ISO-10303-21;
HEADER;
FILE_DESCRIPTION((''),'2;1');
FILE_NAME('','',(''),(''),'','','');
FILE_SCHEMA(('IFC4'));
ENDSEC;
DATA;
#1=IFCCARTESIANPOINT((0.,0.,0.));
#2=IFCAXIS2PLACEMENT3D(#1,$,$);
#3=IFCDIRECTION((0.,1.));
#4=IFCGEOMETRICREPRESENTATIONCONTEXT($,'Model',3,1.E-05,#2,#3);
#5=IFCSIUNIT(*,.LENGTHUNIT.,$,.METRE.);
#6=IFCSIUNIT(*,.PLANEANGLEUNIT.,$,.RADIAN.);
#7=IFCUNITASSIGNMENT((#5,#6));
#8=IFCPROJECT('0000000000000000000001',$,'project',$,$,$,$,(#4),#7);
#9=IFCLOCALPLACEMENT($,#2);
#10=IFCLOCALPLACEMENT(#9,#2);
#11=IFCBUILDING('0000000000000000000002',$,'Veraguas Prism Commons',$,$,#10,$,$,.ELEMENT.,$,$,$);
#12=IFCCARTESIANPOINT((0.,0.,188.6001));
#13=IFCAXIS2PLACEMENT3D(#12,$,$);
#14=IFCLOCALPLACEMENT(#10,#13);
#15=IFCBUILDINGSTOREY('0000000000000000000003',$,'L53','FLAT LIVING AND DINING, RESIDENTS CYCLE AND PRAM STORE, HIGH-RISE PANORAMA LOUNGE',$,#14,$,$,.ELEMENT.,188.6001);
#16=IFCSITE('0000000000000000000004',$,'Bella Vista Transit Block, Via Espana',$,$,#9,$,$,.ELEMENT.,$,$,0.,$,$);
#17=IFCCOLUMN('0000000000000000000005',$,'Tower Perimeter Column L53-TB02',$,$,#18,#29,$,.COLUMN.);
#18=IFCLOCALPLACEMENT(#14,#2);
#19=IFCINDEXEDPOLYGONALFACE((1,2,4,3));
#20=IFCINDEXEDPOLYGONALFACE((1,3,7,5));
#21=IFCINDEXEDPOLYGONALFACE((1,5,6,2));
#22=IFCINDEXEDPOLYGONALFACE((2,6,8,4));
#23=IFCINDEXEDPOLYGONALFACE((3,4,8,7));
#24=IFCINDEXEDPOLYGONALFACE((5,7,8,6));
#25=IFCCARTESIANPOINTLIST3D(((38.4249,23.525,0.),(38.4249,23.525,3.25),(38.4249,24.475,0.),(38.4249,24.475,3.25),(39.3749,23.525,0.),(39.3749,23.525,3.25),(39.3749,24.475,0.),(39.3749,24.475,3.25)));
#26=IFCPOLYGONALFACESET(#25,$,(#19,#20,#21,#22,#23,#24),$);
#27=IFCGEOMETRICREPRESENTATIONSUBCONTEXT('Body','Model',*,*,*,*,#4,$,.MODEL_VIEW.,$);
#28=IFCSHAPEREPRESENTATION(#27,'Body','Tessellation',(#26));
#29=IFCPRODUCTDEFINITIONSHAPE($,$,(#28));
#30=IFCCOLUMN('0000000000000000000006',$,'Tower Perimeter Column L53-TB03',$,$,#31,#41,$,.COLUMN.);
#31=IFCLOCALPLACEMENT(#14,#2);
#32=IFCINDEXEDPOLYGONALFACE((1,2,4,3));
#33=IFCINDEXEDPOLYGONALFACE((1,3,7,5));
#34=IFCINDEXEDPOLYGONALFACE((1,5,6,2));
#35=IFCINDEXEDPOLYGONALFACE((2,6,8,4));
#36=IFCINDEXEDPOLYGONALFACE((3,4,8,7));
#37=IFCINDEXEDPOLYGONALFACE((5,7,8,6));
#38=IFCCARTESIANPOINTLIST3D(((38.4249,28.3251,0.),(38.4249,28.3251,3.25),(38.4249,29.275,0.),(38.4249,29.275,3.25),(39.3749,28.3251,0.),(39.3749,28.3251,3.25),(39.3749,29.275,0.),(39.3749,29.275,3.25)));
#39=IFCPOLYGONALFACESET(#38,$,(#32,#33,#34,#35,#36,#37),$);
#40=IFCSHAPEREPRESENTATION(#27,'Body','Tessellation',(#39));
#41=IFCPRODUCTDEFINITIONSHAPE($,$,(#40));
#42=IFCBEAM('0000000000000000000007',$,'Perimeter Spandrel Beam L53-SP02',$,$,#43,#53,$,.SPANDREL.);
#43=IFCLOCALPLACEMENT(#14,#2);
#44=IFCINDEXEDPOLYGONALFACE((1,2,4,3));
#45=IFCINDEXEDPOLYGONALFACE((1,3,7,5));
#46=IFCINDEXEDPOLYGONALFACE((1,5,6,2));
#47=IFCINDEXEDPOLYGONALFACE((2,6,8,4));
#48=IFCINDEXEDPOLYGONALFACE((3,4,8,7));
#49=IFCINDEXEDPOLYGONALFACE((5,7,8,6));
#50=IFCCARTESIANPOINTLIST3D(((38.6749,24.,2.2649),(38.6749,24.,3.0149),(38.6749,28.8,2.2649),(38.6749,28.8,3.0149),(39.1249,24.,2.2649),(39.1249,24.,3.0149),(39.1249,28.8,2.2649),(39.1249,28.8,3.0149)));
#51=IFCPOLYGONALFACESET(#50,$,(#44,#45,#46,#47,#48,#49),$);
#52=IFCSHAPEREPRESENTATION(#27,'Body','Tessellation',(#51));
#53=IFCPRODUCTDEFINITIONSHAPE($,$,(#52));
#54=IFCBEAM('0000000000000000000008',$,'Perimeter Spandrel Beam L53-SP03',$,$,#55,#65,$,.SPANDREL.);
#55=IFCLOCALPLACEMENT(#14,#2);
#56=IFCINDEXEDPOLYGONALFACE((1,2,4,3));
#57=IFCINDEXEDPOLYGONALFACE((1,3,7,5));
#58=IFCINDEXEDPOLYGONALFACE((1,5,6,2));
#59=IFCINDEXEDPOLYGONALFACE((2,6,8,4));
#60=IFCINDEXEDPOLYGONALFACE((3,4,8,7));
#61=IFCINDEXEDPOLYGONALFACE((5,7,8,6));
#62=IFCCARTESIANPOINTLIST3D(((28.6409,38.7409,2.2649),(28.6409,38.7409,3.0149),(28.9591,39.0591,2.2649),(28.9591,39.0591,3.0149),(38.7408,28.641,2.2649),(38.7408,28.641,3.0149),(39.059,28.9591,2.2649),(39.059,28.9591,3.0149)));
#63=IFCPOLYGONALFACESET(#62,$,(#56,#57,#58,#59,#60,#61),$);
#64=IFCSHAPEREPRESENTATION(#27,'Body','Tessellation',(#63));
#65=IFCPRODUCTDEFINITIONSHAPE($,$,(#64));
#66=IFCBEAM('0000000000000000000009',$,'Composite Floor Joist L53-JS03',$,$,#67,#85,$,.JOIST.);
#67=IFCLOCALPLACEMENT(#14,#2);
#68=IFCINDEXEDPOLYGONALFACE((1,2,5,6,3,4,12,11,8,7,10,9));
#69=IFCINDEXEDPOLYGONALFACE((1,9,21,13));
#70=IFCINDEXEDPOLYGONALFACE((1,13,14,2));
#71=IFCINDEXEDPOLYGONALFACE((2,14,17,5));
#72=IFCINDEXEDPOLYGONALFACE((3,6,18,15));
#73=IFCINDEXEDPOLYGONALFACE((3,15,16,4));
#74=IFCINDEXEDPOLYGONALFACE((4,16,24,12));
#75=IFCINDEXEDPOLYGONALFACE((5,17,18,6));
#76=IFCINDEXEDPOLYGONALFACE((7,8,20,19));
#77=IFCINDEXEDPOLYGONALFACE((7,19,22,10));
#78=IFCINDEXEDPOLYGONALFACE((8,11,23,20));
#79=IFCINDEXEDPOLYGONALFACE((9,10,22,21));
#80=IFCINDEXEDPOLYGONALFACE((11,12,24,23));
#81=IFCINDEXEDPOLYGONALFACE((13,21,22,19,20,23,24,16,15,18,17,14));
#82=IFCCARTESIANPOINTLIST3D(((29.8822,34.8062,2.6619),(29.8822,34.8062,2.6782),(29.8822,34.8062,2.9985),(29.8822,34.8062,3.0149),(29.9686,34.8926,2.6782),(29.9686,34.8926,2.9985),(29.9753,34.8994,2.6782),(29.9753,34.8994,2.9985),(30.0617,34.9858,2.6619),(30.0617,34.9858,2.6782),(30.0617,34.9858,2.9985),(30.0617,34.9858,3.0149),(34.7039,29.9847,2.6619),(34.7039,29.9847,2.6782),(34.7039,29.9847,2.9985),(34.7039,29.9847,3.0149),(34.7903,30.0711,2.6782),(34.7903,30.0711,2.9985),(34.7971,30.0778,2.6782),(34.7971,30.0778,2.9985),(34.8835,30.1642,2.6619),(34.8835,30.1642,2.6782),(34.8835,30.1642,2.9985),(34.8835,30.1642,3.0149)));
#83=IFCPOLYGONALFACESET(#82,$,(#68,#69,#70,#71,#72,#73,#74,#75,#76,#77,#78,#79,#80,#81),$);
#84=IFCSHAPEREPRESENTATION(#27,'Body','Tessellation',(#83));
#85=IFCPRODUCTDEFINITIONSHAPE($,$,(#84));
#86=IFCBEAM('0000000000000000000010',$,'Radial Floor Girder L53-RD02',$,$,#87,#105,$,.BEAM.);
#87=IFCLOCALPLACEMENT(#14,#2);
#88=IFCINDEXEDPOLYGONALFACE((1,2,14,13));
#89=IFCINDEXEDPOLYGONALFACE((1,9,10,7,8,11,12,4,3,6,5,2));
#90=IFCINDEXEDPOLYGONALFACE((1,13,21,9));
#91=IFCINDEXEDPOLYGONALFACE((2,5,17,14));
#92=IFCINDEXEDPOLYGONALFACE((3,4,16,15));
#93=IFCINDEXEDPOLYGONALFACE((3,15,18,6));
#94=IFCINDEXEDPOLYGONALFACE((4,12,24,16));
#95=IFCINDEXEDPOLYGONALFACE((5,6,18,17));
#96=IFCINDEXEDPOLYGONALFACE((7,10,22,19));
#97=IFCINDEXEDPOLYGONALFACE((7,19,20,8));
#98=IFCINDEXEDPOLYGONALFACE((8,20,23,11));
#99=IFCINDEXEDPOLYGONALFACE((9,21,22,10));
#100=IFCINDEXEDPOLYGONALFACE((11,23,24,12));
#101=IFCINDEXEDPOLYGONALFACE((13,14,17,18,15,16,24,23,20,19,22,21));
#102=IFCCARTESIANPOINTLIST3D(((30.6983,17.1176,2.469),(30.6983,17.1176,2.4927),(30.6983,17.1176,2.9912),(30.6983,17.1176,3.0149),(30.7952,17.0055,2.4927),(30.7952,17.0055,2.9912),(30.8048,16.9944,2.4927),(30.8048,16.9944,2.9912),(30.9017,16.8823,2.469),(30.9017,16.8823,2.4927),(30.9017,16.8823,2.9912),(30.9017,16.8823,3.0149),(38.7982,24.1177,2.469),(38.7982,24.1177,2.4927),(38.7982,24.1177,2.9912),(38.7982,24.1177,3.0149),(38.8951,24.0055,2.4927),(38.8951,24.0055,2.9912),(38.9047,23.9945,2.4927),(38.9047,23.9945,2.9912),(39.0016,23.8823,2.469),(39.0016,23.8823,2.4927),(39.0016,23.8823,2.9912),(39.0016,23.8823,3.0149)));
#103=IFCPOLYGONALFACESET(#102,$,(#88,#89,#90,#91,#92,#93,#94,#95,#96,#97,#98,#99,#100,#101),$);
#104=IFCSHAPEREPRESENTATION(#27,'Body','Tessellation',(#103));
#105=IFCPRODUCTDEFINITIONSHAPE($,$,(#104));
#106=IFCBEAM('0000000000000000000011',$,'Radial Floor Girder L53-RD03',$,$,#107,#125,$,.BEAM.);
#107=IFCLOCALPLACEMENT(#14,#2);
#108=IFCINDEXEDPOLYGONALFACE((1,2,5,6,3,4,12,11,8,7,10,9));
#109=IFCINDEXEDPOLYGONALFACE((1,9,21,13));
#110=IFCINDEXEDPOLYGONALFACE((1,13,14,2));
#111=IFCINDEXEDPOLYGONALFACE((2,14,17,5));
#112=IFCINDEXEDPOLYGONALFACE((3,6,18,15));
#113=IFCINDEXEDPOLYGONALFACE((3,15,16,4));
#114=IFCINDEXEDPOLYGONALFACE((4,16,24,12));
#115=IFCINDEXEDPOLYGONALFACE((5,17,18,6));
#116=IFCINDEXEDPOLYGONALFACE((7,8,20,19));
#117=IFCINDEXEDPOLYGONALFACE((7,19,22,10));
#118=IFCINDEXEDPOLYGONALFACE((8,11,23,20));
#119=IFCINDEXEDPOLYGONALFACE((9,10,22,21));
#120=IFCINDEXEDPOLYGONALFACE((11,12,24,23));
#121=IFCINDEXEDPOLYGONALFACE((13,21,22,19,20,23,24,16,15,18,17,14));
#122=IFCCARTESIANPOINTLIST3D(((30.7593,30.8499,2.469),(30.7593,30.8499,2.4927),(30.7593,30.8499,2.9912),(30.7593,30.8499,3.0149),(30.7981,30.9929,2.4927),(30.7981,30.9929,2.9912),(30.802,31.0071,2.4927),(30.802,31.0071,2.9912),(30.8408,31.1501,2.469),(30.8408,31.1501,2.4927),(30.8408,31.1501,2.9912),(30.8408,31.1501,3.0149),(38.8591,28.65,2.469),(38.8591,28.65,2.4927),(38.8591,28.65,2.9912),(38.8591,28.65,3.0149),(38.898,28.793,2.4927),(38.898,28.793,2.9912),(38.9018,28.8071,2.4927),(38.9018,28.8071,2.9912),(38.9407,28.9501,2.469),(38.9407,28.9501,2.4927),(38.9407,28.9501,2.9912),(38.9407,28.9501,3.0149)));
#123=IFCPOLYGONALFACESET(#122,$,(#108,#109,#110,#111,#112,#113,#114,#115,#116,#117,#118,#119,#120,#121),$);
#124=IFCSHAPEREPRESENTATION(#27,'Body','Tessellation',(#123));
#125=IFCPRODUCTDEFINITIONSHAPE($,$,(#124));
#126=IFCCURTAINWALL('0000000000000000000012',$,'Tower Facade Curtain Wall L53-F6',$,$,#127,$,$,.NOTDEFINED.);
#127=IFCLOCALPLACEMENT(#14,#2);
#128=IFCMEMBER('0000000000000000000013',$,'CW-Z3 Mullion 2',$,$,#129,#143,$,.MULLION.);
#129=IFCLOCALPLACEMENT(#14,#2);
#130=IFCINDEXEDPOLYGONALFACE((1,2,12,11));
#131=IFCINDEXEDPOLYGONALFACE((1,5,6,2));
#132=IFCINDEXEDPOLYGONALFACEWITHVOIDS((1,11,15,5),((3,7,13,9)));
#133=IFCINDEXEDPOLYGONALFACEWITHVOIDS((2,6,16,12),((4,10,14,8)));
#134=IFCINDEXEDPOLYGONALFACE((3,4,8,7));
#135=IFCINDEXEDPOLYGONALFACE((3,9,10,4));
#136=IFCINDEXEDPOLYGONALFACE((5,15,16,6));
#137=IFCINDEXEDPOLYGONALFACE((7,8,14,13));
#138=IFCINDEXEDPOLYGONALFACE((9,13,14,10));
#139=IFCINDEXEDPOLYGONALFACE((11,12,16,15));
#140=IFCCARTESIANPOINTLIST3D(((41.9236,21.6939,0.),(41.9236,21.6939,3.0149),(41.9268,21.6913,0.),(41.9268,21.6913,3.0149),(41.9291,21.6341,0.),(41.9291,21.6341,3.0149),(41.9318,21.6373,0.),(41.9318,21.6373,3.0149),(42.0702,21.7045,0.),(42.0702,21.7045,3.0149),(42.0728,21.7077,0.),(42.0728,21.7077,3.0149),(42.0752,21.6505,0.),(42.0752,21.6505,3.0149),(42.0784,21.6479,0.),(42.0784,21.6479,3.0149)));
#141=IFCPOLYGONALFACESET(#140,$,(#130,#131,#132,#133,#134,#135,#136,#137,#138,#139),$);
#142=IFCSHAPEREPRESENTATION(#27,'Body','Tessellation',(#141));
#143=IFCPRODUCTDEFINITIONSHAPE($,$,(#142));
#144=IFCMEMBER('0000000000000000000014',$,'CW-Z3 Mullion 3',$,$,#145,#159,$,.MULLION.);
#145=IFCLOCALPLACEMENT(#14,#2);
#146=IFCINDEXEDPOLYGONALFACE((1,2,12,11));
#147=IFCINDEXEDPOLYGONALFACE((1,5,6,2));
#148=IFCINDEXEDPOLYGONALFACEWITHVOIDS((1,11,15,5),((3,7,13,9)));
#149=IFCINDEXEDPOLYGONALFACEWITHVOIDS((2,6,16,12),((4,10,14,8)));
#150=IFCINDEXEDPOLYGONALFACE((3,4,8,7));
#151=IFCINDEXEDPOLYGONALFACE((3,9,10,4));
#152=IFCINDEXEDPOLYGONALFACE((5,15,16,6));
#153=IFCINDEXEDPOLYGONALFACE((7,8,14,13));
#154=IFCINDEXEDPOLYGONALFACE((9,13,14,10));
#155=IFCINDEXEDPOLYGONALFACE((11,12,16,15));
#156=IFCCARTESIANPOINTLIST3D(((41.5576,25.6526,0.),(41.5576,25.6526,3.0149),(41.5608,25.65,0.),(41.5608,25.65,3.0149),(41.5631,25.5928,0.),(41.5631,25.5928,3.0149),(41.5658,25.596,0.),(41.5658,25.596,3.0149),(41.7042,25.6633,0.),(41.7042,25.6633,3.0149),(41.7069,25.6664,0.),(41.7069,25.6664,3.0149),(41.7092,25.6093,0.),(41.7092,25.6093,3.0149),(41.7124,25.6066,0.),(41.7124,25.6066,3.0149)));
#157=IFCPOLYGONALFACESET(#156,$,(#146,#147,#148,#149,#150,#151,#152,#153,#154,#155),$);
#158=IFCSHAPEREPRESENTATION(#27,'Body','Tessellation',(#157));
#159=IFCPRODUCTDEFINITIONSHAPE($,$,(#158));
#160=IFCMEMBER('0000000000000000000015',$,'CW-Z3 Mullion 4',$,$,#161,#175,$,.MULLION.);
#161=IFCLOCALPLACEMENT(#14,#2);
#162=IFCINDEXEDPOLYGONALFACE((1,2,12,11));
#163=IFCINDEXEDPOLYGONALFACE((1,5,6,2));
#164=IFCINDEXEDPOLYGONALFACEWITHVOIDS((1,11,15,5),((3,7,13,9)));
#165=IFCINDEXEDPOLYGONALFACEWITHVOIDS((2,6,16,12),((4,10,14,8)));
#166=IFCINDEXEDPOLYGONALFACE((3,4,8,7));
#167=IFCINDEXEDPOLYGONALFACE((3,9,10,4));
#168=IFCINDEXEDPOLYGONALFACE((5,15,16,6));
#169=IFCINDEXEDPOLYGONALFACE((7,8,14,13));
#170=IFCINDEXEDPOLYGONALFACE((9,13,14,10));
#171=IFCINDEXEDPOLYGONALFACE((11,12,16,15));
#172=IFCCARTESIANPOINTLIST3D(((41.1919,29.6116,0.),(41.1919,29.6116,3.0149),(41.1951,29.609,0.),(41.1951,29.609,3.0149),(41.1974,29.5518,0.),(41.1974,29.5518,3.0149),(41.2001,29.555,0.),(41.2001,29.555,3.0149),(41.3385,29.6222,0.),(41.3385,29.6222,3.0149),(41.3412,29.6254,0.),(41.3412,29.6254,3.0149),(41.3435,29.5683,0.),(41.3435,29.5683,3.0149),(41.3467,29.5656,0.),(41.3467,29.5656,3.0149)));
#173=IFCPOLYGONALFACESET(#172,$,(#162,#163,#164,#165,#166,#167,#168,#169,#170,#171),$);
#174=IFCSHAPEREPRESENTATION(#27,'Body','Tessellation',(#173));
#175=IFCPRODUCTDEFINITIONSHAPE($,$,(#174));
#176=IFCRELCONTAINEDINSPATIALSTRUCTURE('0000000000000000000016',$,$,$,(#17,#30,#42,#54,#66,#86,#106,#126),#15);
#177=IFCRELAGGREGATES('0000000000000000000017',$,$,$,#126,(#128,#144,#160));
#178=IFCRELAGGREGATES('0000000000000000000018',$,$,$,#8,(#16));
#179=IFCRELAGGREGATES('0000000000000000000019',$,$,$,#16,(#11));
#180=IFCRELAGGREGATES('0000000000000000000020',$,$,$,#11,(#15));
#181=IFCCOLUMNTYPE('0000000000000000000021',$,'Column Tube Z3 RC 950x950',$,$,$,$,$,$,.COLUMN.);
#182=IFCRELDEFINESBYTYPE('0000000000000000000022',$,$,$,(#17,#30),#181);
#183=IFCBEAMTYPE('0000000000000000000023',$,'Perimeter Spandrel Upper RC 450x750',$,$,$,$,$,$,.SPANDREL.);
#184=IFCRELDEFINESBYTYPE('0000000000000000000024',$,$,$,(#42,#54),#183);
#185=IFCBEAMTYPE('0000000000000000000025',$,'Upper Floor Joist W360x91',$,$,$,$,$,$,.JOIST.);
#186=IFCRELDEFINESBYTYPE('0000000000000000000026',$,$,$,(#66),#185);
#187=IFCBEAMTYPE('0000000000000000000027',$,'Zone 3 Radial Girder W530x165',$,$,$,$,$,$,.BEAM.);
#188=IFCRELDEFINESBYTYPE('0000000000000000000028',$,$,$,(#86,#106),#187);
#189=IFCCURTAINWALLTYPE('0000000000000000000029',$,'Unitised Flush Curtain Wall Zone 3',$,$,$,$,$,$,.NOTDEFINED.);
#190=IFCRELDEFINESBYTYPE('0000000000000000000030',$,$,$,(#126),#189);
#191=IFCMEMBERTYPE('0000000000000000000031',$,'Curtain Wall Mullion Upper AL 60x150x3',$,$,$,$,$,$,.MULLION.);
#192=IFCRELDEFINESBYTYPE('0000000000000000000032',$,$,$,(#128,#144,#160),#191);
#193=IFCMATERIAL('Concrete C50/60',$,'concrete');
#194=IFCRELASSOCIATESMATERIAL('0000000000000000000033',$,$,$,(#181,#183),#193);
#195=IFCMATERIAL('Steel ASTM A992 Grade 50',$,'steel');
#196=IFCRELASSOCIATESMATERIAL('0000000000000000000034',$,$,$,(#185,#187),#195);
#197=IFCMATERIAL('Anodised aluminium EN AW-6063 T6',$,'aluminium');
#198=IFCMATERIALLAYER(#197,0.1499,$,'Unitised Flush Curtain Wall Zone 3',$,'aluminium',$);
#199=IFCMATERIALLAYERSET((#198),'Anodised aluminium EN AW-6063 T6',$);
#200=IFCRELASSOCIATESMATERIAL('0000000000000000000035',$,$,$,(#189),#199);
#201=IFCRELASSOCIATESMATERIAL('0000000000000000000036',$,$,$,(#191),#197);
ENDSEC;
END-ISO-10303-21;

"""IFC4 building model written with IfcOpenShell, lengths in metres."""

from ifc_helpers import new_model, si_unit, direction, frame, origin, origin_2d, place, context, subcontext, project, spatial, rectangle, hollow_rectangle, i_section, extrude, source, transform, mapped, material, layer, layer_set, material_profile, profile_set, type_object, element, aggregate, save


model = new_model("IFC4")

# Units and contexts
model_context = context("Model", 3, precision=1e-05, world=origin(), true_north=direction((0.0, 1.0)))
body_context = subcontext(model_context, "Body", "Model", "MODEL_VIEW")
ifc_project = project(units=[si_unit("LENGTHUNIT", "METRE"), si_unit("PLANEANGLEUNIT", "RADIAN")], contexts=[model_context])

# Site, building, storey
site_placement = place(None, origin())
site = spatial("IfcSite", under=ifc_project, at=site_placement, Name="Bella Vista Transit Block, Via Espana", CompositionType="ELEMENT", RefElevation=0.0)
building_placement = place(site_placement, origin())
building = spatial("IfcBuilding", under=site, at=building_placement, Name="Veraguas Prism Commons", CompositionType="ELEMENT")
storey_placement = place(building_placement, frame((0.0, 0.0, 188.6001)))
storey = spatial("IfcBuildingStorey", under=building, at=storey_placement, Name="L53", Description="FLAT LIVING AND DINING, RESIDENTS CYCLE AND PRAM STORE, HIGH-RISE PANORAMA LOUNGE", CompositionType="ELEMENT", Elevation=188.6001)

# Columns
ifc_material_1 = material(Name="Concrete C50/60", Category="concrete")
ifc_material_profile_1 = material_profile(ifc_material_1, rectangle(XDim=0.95, YDim=0.95, at=origin_2d()), Name="RC950X950")
ifc_profile_set_1 = profile_set([ifc_material_profile_1], Name="Concrete C50/60")
column_type = type_object("IfcColumnType", Name="Column Tube Z3 RC 950x950", PredefinedType="COLUMN", material=ifc_profile_set_1)
for number, where, z_axis, x_axis, name in (
    (1, (38.8999, 24.0, 0.0), (0.0, 0.0, 1.0), (1.0, 0.0, 0.0), "Tower Perimeter Column L53-TB02"),
    (2, (38.8999, 28.8, 0.0), (0.0, 0.0, 1.0), (1.0, 0.0, 0.0), "Tower Perimeter Column L53-TB03"),
):
    element("IfcColumn", number, at=place(storey_placement, frame(where, z_axis=z_axis, x_axis=x_axis)), inside=storey, type_object=column_type, Name=name, PredefinedType="COLUMN", context=body_context, shape_type="SweptSolid", body=[
        extrude(rectangle(XDim=0.95, YDim=0.95, at=origin_2d()), origin(), (0.0, 0.0, 1.0), 3.25),
    ])

# Beams
ifc_material_profile_2 = material_profile(ifc_material_1, rectangle(XDim=0.45, YDim=0.75, at=origin_2d()), Name="RC450X750")
ifc_profile_set_2 = profile_set([ifc_material_profile_2], Name="Concrete C50/60")
beam_type_1 = type_object("IfcBeamType", Name="Perimeter Spandrel Upper RC 450x750", PredefinedType="SPANDREL", material=ifc_profile_set_2)
beam_1_placement = place(storey_placement, frame((38.8999, 24.0, 2.6399), z_axis=(0.0, 1.0, 0.0), x_axis=(-1.0, 0.0, 0.0)))
element("IfcBeam", 3, at=beam_1_placement, inside=storey, type_object=beam_type_1, Name="Perimeter Spandrel Beam L53-SP02", PredefinedType="SPANDREL", context=body_context, shape_type="SweptSolid", body=[
    extrude(rectangle(XDim=0.45, YDim=0.75, at=origin_2d()), origin(), (0.0, 0.0, 1.0), 4.8),
])
beam_2_placement = place(storey_placement, frame((38.8999, 28.8, 2.6399), z_axis=(-0.707107, 0.707107, 0.0), x_axis=(-0.707107, -0.707107, 0.0)))
element("IfcBeam", 4, at=beam_2_placement, inside=storey, type_object=beam_type_1, Name="Perimeter Spandrel Beam L53-SP03", PredefinedType="SPANDREL", context=body_context, shape_type="SweptSolid", body=[
    extrude(rectangle(XDim=0.45, YDim=0.75, at=origin_2d()), origin(), (0.0, 0.0, 1.0), 14.2834),
])
ifc_material_2 = material(Name="Steel ASTM A992 Grade 50", Category="steel")
ifc_material_profile_3 = material_profile(ifc_material_2, i_section(OverallWidth=0.2539, OverallDepth=0.353, WebThickness=0.0095, FlangeThickness=0.0164, at=origin_2d()), Name="W360X91")
ifc_profile_set_3 = profile_set([ifc_material_profile_3], Name="Steel ASTM A992 Grade 50")
beam_type_2 = type_object("IfcBeamType", Name="Upper Floor Joist W360x91", PredefinedType="JOIST", material=ifc_profile_set_3)
beam_3_placement = place(storey_placement, frame((34.7937, 30.0745, 2.8384), z_axis=(-0.707125, 0.707089, 0.0), x_axis=(-0.707089, -0.707125, 0.0)))
element("IfcBeam", 5, at=beam_3_placement, inside=storey, type_object=beam_type_2, Name="Composite Floor Joist L53-JS03", PredefinedType="JOIST", context=body_context, shape_type="SweptSolid", body=[
    extrude(i_section(OverallWidth=0.2539, OverallDepth=0.353, WebThickness=0.0095, FlangeThickness=0.0164, at=origin_2d()), origin(), (0.0, 0.0, 1.0), 6.8188),
])
ifc_material_profile_4 = material_profile(ifc_material_2, i_section(OverallWidth=0.311, OverallDepth=0.5459, WebThickness=0.0146, FlangeThickness=0.0237, at=origin_2d()), Name="W530X165")
ifc_profile_set_4 = profile_set([ifc_material_profile_4], Name="Steel ASTM A992 Grade 50")
beam_type_3 = type_object("IfcBeamType", Name="Zone 3 Radial Girder W530x165", PredefinedType="BEAM", material=ifc_profile_set_4)
beam_4_placement = place(storey_placement, frame((38.8999, 24.0, 2.7419), z_axis=(-0.756607, -0.65387, 0.0), x_axis=(0.65387, -0.756607, 0.0)))
element("IfcBeam", 6, at=beam_4_placement, inside=storey, type_object=beam_type_3, Name="Radial Floor Girder L53-RD02", PredefinedType="BEAM", context=body_context, shape_type="SweptSolid", body=[
    extrude(i_section(OverallWidth=0.311, OverallDepth=0.5459, WebThickness=0.0146, FlangeThickness=0.0237, at=origin_2d()), origin(), (0.0, 0.0, 1.0), 10.7056),
])
beam_5_placement = place(storey_placement, frame((38.8999, 28.8, 2.7419), z_axis=(-0.965039, 0.262108, 0.0), x_axis=(-0.262108, -0.965039, 0.0)))
element("IfcBeam", 7, at=beam_5_placement, inside=storey, type_object=beam_type_3, Name="Radial Floor Girder L53-RD03", PredefinedType="BEAM", context=body_context, shape_type="SweptSolid", body=[
    extrude(i_section(OverallWidth=0.311, OverallDepth=0.5459, WebThickness=0.0146, FlangeThickness=0.0237, at=origin_2d()), origin(), (0.0, 0.0, 1.0), 8.3933),
])

# Curtain wall, members
ifc_material_3 = material(Name="Anodised aluminium EN AW-6063 T6", Category="aluminium")
ifc_layer_1 = layer(ifc_material_3, 0.1499, Name="Unitised Flush Curtain Wall Zone 3", Category="aluminium")
ifc_layer_set_1 = layer_set([ifc_layer_1], Name="Anodised aluminium EN AW-6063 T6")
curtain_wall_type = type_object("IfcCurtainWallType", Name="Unitised Flush Curtain Wall Zone 3", PredefinedType="NOTDEFINED", material=ifc_layer_set_1)
curtain_wall_placement = place(storey_placement, origin())
curtain_wall = element("IfcCurtainWall", 8, at=curtain_wall_placement, inside=storey, type_object=curtain_wall_type, Name="Tower Facade Curtain Wall L53-F6", PredefinedType="NOTDEFINED")
ifc_material_profile_5 = material_profile(ifc_material_3, hollow_rectangle(XDim=0.0601, YDim=0.1499, WallThickness=0.0029, at=origin_2d()), Name="AL60X150X3")
ifc_profile_set_5 = profile_set([ifc_material_profile_5], Name="Anodised aluminium EN AW-6063 T6")
member_type = type_object("IfcMemberType", Name="Curtain Wall Mullion Upper AL 60x150x3", PredefinedType="MULLION", material=ifc_profile_set_5)
shared_shape_1 = source(origin(), body_context, "Body", "SweptSolid", [
    extrude(hollow_rectangle(XDim=0.0601, YDim=0.1499, WallThickness=0.0029, at=origin_2d()), origin(), (0.0, 0.0, 1.0), 3.0149),
])
member_1_placement = place(storey_placement, frame((42.001, 21.6709, 0.0), z_axis=(0.0, 0.0, 1.0), x_axis=(-0.092023, 0.995757, 0.0)))
member_1 = element("IfcMember", 9, at=member_1_placement, type_object=member_type, Name="CW-Z3 Mullion 2", PredefinedType="MULLION", context=body_context, shape_type="MappedRepresentation", body=[
    mapped(shared_shape_1, transform((0.0, 0.0, 0.0), scale=1.0)),
])
member_2_placement = place(storey_placement, frame((41.635, 25.6296, 0.0), z_axis=(0.0, 0.0, 1.0), x_axis=(-0.092023, 0.995757, 0.0)))
member_2 = element("IfcMember", 10, at=member_2_placement, type_object=member_type, Name="CW-Z3 Mullion 3", PredefinedType="MULLION", context=body_context, shape_type="MappedRepresentation", body=[
    mapped(shared_shape_1, transform((0.0, 0.0, 0.0), scale=1.0)),
])
member_3_placement = place(storey_placement, frame((41.2693, 29.5886, 0.0), z_axis=(0.0, 0.0, 1.0), x_axis=(-0.092023, 0.995757, 0.0)))
member_3 = element("IfcMember", 11, at=member_3_placement, type_object=member_type, Name="CW-Z3 Mullion 4", PredefinedType="MULLION", context=body_context, shape_type="MappedRepresentation", body=[
    mapped(shared_shape_1, transform((0.0, 0.0, 0.0), scale=1.0)),
])
aggregate(curtain_wall, [member_1, member_2, member_3])

save(model, "model.ifc")
